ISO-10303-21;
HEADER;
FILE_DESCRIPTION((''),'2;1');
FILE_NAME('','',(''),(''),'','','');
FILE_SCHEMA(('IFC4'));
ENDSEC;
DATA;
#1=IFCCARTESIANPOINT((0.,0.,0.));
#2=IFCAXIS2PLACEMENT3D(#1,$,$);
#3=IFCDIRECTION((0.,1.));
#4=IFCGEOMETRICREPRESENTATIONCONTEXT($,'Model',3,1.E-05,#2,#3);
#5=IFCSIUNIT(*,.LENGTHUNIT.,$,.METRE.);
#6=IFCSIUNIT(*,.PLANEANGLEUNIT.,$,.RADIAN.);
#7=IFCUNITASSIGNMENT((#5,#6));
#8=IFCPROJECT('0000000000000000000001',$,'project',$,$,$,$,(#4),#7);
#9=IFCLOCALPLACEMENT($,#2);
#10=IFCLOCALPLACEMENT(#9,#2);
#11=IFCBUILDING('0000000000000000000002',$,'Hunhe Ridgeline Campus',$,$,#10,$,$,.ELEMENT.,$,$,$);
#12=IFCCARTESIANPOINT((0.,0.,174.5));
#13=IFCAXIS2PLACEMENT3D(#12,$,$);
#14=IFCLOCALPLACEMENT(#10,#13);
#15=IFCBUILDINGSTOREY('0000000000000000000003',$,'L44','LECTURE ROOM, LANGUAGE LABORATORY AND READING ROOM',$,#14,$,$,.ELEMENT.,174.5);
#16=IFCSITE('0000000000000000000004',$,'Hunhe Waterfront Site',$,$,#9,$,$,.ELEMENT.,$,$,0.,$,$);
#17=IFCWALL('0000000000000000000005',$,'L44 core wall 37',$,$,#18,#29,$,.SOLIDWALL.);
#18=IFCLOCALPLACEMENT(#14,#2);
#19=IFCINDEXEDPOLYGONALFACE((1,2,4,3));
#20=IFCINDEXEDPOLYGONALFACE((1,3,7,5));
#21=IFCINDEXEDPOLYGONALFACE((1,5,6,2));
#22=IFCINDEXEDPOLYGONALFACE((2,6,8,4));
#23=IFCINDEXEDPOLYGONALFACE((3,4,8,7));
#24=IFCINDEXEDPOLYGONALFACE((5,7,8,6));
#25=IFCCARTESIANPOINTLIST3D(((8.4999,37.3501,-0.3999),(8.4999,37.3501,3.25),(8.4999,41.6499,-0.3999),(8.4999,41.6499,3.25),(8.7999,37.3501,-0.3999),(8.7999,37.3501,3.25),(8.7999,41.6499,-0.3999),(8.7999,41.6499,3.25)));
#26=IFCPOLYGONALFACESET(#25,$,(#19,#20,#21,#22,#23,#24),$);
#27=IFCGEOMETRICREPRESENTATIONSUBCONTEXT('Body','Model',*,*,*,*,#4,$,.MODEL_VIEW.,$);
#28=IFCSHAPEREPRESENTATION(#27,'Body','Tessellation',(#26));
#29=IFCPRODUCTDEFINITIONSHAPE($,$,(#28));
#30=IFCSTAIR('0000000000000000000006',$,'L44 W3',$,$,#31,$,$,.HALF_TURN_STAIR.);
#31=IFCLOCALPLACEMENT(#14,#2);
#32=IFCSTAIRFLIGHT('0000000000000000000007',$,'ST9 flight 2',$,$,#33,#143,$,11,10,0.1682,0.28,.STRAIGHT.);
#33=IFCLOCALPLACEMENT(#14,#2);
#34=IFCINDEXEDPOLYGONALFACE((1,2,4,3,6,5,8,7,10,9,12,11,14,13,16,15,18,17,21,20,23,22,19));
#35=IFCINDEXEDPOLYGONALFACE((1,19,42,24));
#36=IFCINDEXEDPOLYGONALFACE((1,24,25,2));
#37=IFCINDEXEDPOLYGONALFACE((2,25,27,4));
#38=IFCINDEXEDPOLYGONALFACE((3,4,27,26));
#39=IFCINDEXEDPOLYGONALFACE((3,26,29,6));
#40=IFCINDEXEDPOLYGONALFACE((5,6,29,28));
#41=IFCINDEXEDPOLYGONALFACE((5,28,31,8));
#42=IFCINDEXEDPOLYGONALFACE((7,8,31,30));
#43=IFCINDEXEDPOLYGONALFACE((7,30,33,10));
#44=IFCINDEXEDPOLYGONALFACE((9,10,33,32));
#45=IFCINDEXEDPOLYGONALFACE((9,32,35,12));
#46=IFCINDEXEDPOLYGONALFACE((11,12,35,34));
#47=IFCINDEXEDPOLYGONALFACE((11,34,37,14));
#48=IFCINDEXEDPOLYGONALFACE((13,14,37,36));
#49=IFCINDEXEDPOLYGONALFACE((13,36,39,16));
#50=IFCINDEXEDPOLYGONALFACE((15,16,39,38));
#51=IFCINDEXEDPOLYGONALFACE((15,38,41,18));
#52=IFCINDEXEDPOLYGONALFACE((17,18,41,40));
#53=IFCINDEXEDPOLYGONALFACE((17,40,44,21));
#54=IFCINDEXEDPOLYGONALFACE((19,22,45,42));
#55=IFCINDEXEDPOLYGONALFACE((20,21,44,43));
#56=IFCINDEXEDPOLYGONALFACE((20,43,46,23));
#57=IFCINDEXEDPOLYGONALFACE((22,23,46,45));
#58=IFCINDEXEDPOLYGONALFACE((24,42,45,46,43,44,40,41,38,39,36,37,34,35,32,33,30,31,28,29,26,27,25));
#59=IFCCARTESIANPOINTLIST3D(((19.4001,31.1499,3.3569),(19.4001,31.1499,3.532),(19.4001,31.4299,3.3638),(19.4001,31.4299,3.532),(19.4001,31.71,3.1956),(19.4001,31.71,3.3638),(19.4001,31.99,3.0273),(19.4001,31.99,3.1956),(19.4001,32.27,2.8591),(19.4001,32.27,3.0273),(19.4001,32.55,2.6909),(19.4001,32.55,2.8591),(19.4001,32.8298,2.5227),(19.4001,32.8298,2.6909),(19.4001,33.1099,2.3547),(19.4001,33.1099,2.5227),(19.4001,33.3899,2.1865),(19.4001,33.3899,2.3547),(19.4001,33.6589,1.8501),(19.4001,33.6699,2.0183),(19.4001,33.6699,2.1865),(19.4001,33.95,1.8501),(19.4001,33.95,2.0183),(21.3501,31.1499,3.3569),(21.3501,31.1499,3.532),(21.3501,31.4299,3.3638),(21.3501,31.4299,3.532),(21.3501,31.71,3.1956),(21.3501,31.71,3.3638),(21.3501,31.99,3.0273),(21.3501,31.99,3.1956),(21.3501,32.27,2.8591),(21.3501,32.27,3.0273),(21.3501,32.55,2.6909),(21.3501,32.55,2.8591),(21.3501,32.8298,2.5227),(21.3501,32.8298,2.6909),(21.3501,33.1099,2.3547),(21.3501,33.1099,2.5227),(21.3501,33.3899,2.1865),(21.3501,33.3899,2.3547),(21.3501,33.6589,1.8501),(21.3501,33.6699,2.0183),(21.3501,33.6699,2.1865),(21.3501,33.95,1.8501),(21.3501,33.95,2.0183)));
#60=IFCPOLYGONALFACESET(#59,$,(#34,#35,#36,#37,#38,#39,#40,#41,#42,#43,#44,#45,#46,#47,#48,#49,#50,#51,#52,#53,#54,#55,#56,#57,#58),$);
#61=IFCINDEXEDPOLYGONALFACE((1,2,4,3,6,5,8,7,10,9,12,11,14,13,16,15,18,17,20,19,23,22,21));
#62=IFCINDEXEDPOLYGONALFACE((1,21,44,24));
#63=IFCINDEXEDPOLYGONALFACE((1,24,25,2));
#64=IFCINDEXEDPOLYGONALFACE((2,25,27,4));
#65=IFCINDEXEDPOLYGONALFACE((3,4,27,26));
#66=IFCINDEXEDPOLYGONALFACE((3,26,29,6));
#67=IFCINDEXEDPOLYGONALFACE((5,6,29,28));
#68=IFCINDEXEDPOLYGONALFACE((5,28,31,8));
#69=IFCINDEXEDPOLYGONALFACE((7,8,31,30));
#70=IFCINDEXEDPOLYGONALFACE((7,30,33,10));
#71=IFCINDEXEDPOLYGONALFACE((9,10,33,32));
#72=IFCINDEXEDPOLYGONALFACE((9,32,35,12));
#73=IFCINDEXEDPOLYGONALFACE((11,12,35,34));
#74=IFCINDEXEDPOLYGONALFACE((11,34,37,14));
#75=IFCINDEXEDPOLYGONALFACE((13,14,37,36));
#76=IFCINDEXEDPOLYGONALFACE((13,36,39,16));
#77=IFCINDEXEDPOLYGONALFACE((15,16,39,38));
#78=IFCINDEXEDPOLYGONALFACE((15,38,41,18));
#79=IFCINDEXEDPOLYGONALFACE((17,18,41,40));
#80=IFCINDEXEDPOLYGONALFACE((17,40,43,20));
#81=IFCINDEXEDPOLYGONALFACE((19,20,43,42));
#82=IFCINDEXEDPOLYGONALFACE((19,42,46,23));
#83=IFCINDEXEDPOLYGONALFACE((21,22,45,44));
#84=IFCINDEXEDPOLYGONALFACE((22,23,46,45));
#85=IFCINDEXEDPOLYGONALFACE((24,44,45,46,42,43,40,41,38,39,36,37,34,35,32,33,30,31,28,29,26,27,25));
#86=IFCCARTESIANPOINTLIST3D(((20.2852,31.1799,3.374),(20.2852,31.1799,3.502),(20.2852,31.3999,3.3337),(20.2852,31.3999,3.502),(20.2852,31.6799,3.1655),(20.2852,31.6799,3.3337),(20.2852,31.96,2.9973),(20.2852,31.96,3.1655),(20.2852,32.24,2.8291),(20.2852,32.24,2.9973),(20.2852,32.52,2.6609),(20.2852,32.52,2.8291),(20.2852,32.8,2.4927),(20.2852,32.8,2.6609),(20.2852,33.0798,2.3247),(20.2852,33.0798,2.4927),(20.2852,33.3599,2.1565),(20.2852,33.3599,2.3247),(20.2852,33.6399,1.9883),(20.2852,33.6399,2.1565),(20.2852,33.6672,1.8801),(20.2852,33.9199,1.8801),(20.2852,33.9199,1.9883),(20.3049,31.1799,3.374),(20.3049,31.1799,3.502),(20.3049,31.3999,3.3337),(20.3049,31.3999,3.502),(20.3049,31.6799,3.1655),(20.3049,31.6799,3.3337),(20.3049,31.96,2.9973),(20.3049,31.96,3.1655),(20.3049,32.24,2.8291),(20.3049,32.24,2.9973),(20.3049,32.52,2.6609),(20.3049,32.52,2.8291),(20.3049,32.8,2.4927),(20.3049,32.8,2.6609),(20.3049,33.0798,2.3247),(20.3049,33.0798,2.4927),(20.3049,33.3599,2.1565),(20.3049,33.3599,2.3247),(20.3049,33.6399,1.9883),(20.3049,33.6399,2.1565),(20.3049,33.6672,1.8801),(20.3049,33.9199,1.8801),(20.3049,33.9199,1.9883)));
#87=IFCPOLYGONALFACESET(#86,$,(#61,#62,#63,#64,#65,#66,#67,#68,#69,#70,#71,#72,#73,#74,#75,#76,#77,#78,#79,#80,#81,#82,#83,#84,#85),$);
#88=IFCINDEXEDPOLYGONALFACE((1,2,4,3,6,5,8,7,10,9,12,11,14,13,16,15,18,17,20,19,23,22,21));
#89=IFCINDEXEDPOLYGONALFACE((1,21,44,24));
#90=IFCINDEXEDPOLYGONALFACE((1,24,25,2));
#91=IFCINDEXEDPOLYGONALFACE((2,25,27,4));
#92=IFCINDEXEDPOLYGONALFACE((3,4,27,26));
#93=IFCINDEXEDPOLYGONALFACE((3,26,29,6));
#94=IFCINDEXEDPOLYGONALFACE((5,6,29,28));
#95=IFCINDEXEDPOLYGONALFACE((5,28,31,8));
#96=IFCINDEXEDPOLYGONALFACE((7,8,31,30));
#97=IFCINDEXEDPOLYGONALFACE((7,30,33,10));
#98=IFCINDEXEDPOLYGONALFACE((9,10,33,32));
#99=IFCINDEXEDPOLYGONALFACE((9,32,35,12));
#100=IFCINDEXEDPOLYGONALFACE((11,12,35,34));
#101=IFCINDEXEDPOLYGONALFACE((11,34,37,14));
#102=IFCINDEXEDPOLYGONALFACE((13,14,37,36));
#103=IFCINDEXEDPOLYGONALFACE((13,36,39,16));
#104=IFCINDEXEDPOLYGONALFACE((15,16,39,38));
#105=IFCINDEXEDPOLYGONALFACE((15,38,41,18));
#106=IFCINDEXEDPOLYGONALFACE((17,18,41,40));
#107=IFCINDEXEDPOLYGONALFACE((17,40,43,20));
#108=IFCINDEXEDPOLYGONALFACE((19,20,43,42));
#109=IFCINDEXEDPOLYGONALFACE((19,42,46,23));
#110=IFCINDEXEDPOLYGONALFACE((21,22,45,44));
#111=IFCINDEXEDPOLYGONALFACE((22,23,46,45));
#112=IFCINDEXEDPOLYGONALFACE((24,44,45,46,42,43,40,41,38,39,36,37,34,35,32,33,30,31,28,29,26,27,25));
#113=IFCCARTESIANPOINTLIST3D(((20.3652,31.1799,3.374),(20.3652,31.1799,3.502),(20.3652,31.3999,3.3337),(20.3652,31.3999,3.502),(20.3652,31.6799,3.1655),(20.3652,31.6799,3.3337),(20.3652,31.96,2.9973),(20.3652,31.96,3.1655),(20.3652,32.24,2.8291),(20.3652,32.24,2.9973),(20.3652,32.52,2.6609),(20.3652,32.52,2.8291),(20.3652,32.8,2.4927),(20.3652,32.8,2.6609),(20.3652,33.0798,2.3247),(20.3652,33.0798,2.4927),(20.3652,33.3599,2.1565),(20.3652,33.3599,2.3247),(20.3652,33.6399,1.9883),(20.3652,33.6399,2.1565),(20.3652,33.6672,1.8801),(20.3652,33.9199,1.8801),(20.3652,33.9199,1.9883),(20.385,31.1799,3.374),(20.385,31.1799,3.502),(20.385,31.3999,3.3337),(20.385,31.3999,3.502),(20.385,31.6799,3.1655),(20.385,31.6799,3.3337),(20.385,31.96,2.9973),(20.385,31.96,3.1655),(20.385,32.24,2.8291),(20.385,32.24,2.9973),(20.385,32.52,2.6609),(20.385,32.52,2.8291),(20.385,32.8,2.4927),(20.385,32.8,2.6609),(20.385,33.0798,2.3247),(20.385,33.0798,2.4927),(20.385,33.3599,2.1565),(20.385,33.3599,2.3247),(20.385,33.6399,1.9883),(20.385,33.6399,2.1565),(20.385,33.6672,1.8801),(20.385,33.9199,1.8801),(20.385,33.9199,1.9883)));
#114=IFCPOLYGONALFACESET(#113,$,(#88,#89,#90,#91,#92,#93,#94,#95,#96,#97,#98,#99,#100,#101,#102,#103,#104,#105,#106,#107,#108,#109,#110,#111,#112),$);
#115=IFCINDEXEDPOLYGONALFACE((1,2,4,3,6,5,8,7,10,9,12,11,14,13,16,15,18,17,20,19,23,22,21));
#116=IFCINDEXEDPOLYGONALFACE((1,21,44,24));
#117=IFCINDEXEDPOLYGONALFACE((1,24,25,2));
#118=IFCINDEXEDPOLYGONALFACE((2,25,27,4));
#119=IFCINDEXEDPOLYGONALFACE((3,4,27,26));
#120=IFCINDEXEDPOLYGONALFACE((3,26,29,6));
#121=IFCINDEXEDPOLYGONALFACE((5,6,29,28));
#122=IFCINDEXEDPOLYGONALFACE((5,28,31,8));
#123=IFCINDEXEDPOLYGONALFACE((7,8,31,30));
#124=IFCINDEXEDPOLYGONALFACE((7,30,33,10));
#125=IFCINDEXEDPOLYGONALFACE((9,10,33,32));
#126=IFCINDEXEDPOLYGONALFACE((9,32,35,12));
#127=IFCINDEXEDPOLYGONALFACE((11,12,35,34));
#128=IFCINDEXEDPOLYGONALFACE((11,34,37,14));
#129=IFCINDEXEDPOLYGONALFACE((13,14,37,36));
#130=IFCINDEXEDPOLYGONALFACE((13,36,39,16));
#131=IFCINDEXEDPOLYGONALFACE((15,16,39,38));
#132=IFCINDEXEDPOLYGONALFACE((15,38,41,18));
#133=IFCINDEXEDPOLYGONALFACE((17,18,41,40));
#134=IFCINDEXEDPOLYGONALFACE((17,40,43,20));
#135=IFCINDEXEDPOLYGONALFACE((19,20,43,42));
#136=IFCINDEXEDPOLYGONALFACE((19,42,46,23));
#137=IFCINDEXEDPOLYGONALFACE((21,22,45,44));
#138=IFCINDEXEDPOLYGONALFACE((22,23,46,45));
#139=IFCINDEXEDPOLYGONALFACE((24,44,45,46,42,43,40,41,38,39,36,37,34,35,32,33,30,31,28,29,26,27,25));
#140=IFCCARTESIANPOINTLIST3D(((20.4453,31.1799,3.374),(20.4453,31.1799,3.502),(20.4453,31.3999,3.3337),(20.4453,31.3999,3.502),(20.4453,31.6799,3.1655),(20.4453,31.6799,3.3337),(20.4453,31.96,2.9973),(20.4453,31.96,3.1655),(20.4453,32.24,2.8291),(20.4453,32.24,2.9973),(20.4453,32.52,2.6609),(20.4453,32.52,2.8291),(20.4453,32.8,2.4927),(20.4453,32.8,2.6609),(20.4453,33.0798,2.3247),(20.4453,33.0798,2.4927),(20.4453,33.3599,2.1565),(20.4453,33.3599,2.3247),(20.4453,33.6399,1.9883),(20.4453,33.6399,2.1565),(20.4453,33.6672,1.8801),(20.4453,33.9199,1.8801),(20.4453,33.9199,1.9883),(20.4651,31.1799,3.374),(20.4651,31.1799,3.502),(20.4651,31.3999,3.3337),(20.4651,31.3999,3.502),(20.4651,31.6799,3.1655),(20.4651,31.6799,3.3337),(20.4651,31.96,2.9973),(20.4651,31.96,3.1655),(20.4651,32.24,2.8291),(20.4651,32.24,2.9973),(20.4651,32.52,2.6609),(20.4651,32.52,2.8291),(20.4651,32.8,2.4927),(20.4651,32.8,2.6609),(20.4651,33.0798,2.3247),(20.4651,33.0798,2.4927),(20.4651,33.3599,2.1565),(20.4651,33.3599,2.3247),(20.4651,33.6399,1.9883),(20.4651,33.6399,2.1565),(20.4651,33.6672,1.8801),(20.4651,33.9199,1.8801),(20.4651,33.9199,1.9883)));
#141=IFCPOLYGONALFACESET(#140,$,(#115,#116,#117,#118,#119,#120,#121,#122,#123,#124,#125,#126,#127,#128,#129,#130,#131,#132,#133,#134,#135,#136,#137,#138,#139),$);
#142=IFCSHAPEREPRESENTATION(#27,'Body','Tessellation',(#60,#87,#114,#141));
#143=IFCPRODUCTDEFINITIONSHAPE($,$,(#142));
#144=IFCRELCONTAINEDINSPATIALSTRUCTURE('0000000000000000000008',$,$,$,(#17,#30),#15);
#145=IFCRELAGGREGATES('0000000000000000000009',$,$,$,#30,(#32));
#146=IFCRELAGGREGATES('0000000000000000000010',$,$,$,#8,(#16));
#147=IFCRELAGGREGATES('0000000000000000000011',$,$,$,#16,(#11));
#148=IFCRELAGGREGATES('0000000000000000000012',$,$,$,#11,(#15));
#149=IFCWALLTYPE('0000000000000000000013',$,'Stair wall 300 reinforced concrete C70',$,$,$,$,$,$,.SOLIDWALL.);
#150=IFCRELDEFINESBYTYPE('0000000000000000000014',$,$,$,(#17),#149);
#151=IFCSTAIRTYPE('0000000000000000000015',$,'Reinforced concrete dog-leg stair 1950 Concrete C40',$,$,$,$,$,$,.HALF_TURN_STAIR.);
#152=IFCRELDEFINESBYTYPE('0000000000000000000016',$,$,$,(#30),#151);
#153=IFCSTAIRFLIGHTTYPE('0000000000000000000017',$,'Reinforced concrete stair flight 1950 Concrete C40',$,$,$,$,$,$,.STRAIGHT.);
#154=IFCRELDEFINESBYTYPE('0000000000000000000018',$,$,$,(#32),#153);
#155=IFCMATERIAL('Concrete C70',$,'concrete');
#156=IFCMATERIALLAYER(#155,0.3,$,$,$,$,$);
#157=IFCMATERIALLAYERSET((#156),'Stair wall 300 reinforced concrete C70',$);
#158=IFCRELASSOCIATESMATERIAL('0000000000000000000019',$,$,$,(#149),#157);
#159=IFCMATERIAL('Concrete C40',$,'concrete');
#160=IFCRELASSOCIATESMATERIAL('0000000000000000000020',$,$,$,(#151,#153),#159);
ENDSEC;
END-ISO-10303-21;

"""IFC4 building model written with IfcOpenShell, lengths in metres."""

from ifc_helpers import new_model, si_unit, direction, frame, frame_2d, origin, place, context, subcontext, project, spatial, polyline, rectangle, outline, extrude, material, layer, layer_set, type_object, element, aggregate, save


model = new_model("IFC4")

# Units and contexts
model_context = context("Model", 3, precision=1e-05, world=origin(), true_north=direction((0.0, 1.0)))
body_context = subcontext(model_context, "Body", "Model", "MODEL_VIEW")
ifc_project = project(units=[si_unit("LENGTHUNIT", "METRE"), si_unit("PLANEANGLEUNIT", "RADIAN")], contexts=[model_context])

# Site, building, storey
site_placement = place(None, origin())
site = spatial("IfcSite", under=ifc_project, at=site_placement, Name="Hunhe Waterfront Site", CompositionType="ELEMENT", RefElevation=0.0)
building_placement = place(site_placement, origin())
building = spatial("IfcBuilding", under=site, at=building_placement, Name="Hunhe Ridgeline Campus", CompositionType="ELEMENT")
storey_placement = place(building_placement, frame((0.0, 0.0, 174.5)))
storey = spatial("IfcBuildingStorey", under=building, at=storey_placement, Name="L44", Description="LECTURE ROOM, LANGUAGE LABORATORY AND READING ROOM", CompositionType="ELEMENT", Elevation=174.5)

# Shared definitions
ifc_material_1 = material(Name="Concrete C70", Category="concrete")

# Shared definitions
ifc_layer_1 = layer(ifc_material_1, 0.3)
ifc_layer_set_1 = layer_set([ifc_layer_1], Name="Stair wall 300 reinforced concrete C70")
wall_type_1 = type_object("IfcWallType", Name="Stair wall 300 reinforced concrete C70", PredefinedType="SOLIDWALL", material=ifc_layer_set_1)

# Wall
wall_1_placement = place(storey_placement, frame((8.6499, 37.3501, -0.3999), z_axis=(0.0, 0.0, 1.0), x_axis=(0.0, 1.0, 0.0)))
element("IfcWall", 1, at=wall_1_placement, inside=storey, type_object=wall_type_1, Name="L44 core wall 37", PredefinedType="SOLIDWALL", context=body_context, shape_type="SweptSolid", body=[
    extrude(rectangle(XDim=4.2998, YDim=0.3, at=frame_2d((2.1499, 0.0))), origin(), (0.0, 0.0, 1.0), 3.6499),
])

# Stair, stair flight
ifc_material_2 = material(Name="Concrete C40", Category="concrete")
stair_type = type_object("IfcStairType", Name="Reinforced concrete dog-leg stair 1950 Concrete C40", PredefinedType="HALF_TURN_STAIR", material=ifc_material_2)
stair_1_placement = place(storey_placement, origin())
stair_1 = element("IfcStair", 2, at=stair_1_placement, inside=storey, type_object=stair_type, Name="L44 W3", PredefinedType="HALF_TURN_STAIR")
stair_flight_type = type_object("IfcStairFlightType", Name="Reinforced concrete stair flight 1950 Concrete C40", PredefinedType="STRAIGHT", material=ifc_material_2)
stair_flight_1_placement = place(storey_placement, frame((20.375, 33.95, 1.8501), z_axis=(0.0, 0.0, 1.0), x_axis=(0.0, -1.0, 0.0)))
stair_flight_1 = element("IfcStairFlight", 3, at=stair_flight_1_placement, type_object=stair_flight_type, Name="ST9 flight 2", NumberOfRisers=11, NumberOfTreads=10, PredefinedType="STRAIGHT", RiserHeight=0.1682, TreadLength=0.28, context=body_context, shape_type="SweptSolid", body=[
    extrude(outline(polyline([(0.0, 0.0), (0.0, 0.1682), (0.28, 0.1682), (0.28, 0.3364), (0.5601, 0.3364), (0.5601, 0.5046), (0.8401, 0.5046), (0.8401, 0.6726), (1.1201, 0.6726), (1.1201, 0.8408), (1.3999, 0.8408), (1.3999, 1.009), (1.6799, 1.009), (1.6799, 1.1772), (1.96, 1.1772), (1.96, 1.3455), (2.24, 1.3455), (2.24, 1.5137), (2.52, 1.5137), (2.52, 1.6819), (2.8, 1.6819), (2.8, 1.8501), (2.8, 1.5068), (0.291, 0.0), (0.0, 0.0)])), frame((0.0, 0.9751, 0.0), z_axis=(0.0, -1.0, 0.0), x_axis=(1.0, 0.0, 0.0)), (0.0, 0.0, 1.0), 1.95),
    extrude(outline(polyline([(0.03, 0.03), (0.03, 0.1382), (0.3101, 0.1382), (0.3101, 0.3064), (0.5901, 0.3064), (0.5901, 0.4746), (0.8701, 0.4746), (0.8701, 0.6426), (1.1499, 0.6426), (1.1499, 0.8108), (1.4299, 0.8108), (1.4299, 0.979), (1.71, 0.979), (1.71, 1.1472), (1.99, 1.1472), (1.99, 1.3154), (2.27, 1.3154), (2.27, 1.4836), (2.55, 1.4836), (2.55, 1.6519), (2.77, 1.6519), (2.77, 1.5239), (0.2827, 0.03), (0.03, 0.03)])), frame((0.0, -0.0701, 0.0), z_axis=(0.0, -1.0, 0.0), x_axis=(1.0, 0.0, 0.0)), (0.0, 0.0, 1.0), 0.0198),
    extrude(outline(polyline([(0.03, 0.03), (0.03, 0.1382), (0.3101, 0.1382), (0.3101, 0.3064), (0.5901, 0.3064), (0.5901, 0.4746), (0.8701, 0.4746), (0.8701, 0.6426), (1.1499, 0.6426), (1.1499, 0.8108), (1.4299, 0.8108), (1.4299, 0.979), (1.71, 0.979), (1.71, 1.1472), (1.99, 1.1472), (1.99, 1.3154), (2.27, 1.3154), (2.27, 1.4836), (2.55, 1.4836), (2.55, 1.6519), (2.77, 1.6519), (2.77, 1.5239), (0.2827, 0.03), (0.03, 0.03)])), frame((0.0, 0.01, 0.0), z_axis=(0.0, -1.0, 0.0), x_axis=(1.0, 0.0, 0.0)), (0.0, 0.0, 1.0), 0.0198),
    extrude(outline(polyline([(0.03, 0.03), (0.03, 0.1382), (0.3101, 0.1382), (0.3101, 0.3064), (0.5901, 0.3064), (0.5901, 0.4746), (0.8701, 0.4746), (0.8701, 0.6426), (1.1499, 0.6426), (1.1499, 0.8108), (1.4299, 0.8108), (1.4299, 0.979), (1.71, 0.979), (1.71, 1.1472), (1.99, 1.1472), (1.99, 1.3154), (2.27, 1.3154), (2.27, 1.4836), (2.55, 1.4836), (2.55, 1.6519), (2.77, 1.6519), (2.77, 1.5239), (0.2827, 0.03), (0.03, 0.03)])), frame((0.0, 0.0901, 0.0), z_axis=(0.0, -1.0, 0.0), x_axis=(1.0, 0.0, 0.0)), (0.0, 0.0, 1.0), 0.0198),
])
aggregate(stair_1, [stair_flight_1])

save(model, "model.ifc")
